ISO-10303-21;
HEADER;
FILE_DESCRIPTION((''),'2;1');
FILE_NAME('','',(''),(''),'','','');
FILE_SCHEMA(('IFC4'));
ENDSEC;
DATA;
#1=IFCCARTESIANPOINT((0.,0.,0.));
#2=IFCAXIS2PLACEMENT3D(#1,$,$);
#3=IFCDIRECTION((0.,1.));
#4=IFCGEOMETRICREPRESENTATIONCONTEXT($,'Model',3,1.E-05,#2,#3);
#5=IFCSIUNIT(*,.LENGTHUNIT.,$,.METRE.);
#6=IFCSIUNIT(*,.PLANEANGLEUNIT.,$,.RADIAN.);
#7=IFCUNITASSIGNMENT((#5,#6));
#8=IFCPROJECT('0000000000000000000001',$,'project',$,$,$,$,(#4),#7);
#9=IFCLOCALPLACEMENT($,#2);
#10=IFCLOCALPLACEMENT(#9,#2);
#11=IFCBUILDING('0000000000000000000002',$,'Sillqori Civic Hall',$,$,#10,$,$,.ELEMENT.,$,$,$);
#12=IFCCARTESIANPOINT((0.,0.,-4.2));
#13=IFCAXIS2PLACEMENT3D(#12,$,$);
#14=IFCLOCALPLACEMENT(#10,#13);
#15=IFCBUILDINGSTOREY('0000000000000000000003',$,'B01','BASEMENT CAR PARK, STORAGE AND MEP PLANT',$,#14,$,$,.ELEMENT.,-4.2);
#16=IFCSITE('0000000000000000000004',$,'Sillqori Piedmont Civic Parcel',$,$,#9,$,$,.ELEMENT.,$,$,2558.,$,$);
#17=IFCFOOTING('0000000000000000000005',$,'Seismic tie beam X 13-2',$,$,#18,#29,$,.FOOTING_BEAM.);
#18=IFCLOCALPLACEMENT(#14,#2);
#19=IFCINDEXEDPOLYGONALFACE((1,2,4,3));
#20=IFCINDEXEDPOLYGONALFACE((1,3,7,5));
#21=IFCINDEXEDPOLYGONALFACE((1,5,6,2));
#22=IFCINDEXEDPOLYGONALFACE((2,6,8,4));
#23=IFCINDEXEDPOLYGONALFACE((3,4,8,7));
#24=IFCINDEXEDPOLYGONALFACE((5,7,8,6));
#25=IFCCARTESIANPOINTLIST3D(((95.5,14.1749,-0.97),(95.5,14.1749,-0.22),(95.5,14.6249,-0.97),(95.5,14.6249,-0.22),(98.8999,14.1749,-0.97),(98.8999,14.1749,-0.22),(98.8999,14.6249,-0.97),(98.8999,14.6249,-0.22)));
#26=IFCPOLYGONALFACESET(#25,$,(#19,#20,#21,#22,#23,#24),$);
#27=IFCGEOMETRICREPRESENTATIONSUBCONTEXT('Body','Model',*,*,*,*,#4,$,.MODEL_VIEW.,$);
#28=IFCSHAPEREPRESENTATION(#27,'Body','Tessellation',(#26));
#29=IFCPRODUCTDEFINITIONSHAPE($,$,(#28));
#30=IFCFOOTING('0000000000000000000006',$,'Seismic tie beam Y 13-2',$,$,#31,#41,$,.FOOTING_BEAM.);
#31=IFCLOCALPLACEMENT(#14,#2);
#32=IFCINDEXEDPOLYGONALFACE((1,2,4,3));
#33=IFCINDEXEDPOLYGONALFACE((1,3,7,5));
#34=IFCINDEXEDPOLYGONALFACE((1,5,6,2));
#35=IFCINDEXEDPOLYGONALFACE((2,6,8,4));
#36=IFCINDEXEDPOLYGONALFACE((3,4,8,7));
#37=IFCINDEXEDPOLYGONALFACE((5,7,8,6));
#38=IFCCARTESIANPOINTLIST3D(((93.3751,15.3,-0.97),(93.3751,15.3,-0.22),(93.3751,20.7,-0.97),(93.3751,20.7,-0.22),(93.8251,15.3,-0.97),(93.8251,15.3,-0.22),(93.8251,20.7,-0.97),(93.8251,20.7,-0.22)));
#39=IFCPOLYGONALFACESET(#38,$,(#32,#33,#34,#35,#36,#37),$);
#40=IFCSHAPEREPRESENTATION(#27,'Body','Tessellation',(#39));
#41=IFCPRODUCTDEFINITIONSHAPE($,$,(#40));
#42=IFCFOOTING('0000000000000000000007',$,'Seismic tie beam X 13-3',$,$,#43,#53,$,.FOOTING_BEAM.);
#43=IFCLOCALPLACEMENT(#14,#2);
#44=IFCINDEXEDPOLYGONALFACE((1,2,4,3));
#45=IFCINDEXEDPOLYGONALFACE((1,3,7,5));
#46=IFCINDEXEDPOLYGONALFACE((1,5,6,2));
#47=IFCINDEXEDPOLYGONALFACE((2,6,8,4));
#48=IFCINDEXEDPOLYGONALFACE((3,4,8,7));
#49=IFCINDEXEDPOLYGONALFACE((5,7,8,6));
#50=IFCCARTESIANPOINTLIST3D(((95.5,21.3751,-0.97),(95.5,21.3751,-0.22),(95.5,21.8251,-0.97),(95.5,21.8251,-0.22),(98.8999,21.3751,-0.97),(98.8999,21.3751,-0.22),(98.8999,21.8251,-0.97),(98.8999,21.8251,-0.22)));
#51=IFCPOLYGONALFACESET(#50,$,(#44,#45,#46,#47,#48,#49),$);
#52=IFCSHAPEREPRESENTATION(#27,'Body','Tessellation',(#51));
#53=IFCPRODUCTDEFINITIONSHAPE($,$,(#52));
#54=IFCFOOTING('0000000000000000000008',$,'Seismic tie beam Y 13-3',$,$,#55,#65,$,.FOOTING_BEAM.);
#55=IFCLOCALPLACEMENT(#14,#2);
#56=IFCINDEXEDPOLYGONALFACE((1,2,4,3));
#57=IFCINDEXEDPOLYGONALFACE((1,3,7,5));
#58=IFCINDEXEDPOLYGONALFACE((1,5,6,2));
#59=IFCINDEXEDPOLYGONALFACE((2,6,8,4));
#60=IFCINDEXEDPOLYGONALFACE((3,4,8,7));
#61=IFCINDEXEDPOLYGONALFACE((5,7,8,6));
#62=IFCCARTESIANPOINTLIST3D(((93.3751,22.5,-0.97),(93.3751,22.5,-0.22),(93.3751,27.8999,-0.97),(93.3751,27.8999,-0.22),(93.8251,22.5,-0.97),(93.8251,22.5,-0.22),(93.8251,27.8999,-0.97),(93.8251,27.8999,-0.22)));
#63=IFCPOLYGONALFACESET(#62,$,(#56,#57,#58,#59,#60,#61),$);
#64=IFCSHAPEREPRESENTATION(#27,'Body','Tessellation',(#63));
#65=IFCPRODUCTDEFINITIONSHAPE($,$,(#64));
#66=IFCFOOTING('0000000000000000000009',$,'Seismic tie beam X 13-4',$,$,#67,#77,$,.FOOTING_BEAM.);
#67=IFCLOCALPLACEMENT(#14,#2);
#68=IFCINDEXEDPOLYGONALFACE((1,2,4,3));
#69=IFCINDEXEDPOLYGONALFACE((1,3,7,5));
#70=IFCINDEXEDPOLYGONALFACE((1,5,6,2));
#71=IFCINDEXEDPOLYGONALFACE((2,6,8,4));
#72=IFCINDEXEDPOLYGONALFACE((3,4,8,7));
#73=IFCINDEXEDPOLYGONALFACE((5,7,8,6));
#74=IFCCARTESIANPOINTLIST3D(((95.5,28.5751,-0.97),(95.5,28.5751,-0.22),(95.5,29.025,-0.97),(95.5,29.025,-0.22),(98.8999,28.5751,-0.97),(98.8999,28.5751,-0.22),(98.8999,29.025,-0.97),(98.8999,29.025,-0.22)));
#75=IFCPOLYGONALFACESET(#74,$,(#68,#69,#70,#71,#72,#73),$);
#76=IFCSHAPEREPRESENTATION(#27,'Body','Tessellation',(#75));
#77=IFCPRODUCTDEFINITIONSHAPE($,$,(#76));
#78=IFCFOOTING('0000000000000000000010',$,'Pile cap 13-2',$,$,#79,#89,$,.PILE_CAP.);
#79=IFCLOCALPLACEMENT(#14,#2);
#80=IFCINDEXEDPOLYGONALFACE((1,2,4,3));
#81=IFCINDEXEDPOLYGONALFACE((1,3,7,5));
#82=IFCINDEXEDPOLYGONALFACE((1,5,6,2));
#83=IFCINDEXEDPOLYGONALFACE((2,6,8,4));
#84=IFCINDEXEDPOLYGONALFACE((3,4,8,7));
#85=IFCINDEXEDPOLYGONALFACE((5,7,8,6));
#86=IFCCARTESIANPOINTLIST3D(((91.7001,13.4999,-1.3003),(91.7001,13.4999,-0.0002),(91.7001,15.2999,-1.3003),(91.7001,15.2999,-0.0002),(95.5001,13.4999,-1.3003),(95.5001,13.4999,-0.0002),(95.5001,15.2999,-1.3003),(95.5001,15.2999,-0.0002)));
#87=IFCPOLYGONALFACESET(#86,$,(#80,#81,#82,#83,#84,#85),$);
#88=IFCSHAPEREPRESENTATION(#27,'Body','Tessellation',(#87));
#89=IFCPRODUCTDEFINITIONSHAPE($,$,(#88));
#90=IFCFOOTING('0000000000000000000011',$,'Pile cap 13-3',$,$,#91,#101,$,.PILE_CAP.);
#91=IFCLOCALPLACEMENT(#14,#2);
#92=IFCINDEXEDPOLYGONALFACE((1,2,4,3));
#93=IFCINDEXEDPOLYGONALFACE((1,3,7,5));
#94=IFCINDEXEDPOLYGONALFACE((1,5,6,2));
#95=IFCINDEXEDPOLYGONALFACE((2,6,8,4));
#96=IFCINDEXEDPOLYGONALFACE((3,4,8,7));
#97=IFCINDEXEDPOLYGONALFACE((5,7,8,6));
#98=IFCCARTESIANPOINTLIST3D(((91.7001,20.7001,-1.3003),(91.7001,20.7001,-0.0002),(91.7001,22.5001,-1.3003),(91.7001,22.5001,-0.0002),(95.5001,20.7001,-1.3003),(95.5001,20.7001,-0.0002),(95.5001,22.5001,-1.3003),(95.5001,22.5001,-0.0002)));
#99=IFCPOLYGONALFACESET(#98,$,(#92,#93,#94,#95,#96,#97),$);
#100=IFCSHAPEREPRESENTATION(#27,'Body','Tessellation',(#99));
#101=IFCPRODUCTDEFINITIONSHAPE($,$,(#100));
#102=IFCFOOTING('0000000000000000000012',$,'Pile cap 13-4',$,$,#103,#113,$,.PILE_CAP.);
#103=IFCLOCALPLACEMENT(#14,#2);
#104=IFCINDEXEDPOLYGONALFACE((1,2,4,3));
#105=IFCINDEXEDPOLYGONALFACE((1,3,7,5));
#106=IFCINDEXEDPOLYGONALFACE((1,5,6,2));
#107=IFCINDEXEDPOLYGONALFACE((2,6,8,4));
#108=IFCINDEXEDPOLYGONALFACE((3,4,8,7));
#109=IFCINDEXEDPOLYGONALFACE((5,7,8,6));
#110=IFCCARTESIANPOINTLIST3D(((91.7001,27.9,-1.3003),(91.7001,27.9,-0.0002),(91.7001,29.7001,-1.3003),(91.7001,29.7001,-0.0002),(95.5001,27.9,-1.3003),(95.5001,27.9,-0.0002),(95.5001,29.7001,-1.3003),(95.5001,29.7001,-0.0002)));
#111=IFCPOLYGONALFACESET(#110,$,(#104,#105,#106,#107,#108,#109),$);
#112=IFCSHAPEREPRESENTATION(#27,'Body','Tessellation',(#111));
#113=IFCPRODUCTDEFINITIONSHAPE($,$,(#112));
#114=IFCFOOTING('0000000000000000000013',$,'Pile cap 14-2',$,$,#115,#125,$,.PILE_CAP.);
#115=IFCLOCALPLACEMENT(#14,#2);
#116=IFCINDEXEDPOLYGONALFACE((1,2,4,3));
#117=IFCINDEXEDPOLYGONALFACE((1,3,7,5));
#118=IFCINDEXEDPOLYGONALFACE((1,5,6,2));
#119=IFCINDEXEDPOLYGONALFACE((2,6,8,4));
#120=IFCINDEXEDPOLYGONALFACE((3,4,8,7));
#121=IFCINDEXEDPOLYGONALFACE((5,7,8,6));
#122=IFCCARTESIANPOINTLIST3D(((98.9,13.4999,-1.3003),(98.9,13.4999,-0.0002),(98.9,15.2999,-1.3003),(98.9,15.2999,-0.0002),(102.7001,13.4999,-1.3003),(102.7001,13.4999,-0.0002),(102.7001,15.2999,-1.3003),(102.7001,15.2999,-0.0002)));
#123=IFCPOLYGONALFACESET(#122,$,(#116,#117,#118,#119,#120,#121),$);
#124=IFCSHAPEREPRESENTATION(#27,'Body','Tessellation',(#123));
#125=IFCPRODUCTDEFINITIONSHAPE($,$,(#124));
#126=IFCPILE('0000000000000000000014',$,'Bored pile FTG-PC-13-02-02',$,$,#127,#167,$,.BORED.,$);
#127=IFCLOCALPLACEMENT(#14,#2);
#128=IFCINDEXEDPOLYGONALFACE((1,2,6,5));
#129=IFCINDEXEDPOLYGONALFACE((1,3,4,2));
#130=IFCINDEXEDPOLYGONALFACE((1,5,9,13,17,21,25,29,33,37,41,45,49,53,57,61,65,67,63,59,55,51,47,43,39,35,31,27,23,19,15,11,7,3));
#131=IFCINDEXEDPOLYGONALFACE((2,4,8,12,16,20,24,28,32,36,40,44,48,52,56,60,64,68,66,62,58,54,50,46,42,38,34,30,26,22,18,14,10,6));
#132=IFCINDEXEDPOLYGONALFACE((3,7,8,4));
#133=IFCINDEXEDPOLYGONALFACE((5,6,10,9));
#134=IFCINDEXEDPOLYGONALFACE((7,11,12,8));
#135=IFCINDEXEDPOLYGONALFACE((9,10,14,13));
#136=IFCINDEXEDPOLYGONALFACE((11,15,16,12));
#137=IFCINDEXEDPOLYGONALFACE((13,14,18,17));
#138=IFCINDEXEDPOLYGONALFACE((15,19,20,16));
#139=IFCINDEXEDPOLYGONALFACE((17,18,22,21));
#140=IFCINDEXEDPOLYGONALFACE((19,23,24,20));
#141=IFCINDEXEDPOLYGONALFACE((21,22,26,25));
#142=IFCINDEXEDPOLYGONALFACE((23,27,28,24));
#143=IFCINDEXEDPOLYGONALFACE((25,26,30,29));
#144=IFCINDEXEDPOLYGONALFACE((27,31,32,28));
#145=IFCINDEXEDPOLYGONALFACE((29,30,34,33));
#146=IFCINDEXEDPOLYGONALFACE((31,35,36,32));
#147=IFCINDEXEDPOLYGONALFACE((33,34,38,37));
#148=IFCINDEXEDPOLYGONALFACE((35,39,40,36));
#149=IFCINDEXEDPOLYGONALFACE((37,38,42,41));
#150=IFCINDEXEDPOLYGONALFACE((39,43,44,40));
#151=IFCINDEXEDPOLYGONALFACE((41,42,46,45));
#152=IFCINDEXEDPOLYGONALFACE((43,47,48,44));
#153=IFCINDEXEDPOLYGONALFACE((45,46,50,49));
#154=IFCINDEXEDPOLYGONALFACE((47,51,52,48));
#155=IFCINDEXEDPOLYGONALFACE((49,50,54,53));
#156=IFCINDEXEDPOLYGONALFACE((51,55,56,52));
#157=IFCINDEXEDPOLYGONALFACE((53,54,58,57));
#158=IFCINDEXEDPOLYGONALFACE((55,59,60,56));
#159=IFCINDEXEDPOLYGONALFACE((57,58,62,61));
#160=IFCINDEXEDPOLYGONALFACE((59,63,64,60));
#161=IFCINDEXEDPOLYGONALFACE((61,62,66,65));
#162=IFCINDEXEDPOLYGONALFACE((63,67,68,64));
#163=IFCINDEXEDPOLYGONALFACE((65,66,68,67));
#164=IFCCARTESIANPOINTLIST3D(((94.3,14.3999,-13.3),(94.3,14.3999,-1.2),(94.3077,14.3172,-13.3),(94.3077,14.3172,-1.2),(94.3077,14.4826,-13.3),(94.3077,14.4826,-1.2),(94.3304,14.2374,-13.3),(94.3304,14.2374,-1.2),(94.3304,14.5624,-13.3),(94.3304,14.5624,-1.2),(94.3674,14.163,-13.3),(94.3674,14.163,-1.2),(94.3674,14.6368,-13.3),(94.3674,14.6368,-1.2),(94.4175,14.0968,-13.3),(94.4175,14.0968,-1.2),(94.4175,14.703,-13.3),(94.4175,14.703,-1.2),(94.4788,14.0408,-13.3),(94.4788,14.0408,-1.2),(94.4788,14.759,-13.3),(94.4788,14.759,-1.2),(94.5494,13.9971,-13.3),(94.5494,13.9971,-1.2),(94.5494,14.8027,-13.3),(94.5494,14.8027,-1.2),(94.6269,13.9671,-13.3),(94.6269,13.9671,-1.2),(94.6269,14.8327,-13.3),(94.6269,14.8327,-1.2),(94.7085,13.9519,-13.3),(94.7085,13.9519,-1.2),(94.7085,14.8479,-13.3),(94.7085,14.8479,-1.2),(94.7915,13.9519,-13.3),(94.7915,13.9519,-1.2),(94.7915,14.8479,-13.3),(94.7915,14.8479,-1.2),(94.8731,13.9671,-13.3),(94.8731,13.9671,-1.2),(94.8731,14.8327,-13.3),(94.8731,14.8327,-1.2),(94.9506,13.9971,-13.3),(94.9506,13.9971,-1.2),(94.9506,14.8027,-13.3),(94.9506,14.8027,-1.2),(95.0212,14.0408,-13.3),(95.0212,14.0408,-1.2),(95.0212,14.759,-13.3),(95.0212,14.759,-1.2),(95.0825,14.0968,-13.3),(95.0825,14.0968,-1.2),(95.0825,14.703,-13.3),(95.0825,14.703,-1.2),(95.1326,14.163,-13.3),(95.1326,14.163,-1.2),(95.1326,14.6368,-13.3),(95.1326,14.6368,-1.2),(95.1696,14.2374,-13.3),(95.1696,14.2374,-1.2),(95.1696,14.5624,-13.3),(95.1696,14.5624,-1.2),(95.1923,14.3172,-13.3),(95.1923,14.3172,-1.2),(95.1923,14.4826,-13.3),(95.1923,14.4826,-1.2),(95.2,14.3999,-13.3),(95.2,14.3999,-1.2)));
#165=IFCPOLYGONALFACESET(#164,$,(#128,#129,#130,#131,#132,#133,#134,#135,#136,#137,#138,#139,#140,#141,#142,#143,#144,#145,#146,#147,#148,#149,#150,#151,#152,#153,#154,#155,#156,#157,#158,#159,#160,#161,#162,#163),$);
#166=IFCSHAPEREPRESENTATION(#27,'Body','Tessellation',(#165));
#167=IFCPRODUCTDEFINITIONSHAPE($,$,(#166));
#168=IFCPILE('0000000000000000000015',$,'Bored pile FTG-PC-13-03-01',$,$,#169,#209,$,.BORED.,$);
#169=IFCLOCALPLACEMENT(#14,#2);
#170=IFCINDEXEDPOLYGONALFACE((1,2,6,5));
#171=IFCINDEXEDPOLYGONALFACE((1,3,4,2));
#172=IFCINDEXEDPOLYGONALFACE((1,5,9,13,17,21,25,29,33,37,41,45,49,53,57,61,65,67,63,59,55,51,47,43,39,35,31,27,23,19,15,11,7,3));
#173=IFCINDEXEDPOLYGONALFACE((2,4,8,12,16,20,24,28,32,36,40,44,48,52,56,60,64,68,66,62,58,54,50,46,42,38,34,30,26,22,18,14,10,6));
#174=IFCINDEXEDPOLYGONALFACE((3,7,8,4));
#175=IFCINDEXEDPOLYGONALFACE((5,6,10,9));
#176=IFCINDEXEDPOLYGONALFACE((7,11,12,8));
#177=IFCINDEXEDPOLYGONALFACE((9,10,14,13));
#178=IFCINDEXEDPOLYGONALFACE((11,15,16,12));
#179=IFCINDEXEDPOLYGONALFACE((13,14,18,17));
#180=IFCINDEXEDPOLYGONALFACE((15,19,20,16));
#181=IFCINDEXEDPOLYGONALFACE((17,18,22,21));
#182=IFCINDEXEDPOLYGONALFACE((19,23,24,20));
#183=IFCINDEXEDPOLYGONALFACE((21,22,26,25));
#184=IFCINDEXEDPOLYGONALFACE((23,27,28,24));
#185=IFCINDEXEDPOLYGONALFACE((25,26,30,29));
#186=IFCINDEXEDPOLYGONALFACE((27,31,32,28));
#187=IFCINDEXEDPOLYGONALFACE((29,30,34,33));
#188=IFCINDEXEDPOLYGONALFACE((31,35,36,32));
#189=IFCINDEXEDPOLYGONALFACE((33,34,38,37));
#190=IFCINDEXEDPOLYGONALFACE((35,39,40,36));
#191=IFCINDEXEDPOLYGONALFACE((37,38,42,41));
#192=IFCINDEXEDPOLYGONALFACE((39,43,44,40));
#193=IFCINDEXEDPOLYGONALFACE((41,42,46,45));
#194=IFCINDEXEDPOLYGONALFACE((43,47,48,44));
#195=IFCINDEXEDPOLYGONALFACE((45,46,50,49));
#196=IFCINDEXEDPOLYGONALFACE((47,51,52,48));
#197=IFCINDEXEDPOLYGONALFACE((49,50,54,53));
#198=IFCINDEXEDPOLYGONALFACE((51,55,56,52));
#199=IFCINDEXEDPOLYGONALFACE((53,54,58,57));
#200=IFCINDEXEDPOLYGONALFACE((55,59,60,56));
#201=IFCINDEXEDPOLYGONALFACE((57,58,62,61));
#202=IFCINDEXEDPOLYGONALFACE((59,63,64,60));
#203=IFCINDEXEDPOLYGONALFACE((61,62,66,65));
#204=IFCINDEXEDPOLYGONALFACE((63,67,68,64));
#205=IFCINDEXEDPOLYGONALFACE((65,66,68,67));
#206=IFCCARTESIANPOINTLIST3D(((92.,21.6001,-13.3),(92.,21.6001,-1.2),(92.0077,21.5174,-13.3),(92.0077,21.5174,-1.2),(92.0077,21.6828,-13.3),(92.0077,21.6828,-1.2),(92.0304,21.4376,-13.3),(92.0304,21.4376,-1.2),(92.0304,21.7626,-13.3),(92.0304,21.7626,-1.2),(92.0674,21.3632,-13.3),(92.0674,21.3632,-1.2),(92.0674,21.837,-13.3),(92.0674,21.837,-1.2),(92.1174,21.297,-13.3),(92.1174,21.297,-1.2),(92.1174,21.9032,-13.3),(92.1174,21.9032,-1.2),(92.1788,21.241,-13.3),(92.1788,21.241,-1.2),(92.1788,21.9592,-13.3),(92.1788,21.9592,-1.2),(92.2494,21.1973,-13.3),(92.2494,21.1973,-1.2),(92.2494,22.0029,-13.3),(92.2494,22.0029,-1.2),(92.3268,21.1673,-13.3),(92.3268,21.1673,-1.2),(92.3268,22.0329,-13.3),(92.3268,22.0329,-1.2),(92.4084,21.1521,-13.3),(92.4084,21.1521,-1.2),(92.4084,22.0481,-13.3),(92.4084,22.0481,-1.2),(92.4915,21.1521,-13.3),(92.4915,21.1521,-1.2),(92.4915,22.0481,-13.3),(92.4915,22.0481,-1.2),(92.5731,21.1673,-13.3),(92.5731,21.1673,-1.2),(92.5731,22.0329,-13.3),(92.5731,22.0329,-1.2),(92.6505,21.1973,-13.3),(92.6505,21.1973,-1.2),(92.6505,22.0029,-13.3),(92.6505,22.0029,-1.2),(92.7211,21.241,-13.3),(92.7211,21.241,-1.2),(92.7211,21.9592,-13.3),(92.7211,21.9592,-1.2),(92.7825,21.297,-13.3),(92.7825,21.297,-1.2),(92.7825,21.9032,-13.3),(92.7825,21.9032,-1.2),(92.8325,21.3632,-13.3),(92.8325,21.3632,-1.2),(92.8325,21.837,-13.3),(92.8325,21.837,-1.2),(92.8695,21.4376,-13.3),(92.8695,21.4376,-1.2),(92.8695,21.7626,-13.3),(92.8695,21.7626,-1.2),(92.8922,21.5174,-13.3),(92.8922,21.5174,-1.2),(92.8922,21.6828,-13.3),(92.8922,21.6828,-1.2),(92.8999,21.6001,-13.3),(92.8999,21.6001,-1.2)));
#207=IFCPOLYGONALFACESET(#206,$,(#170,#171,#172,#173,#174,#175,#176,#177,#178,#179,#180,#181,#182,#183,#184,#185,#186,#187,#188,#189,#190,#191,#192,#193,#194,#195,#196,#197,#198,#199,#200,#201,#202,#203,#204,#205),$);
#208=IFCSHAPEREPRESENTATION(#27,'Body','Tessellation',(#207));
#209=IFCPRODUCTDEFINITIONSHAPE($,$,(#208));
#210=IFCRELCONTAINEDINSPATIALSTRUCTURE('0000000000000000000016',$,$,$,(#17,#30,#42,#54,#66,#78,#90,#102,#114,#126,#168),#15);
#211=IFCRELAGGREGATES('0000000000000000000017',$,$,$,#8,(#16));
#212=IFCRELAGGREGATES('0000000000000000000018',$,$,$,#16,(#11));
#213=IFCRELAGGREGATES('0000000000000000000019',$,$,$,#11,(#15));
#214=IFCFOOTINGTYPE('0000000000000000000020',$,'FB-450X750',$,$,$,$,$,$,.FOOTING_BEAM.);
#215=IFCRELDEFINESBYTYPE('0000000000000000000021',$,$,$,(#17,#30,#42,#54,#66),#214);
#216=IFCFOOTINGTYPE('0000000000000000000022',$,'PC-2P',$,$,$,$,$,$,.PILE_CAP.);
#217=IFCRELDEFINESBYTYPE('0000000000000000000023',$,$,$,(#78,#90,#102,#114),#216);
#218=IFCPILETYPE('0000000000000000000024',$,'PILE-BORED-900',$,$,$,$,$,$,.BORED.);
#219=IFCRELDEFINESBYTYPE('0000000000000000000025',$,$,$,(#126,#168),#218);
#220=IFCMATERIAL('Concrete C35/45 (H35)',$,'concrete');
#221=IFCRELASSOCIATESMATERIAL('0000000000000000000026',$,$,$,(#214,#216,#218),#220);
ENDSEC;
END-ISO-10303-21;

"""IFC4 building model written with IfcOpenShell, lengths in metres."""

from ifc_helpers import new_model, si_unit, direction, frame, origin, origin_2d, place, context, subcontext, project, spatial, rectangle, circle, extrude, material, material_profile, profile_set, type_object, element, save


model = new_model("IFC4")

# Units and contexts
model_context = context("Model", 3, precision=1e-05, world=origin(), true_north=direction((0.0, 1.0)))
body_context = subcontext(model_context, "Body", "Model", "MODEL_VIEW")
ifc_project = project(units=[si_unit("LENGTHUNIT", "METRE"), si_unit("PLANEANGLEUNIT", "RADIAN")], contexts=[model_context])

# Site, building, storey
site_placement = place(None, origin())
site = spatial("IfcSite", under=ifc_project, at=site_placement, Name="Sillqori Piedmont Civic Parcel", CompositionType="ELEMENT", RefElevation=2558.0)
building_placement = place(site_placement, origin())
building = spatial("IfcBuilding", under=site, at=building_placement, Name="Sillqori Civic Hall", CompositionType="ELEMENT")
storey_placement = place(building_placement, frame((0.0, 0.0, -4.2)))
storey = spatial("IfcBuildingStorey", under=building, at=storey_placement, Name="B01", Description="BASEMENT CAR PARK, STORAGE AND MEP PLANT", CompositionType="ELEMENT", Elevation=-4.2)

# Footings
ifc_material = material(Name="Concrete C35/45 (H35)", Category="concrete")
footing_type_1 = type_object("IfcFootingType", Name="FB-450X750", PredefinedType="FOOTING_BEAM", material=ifc_material)
footing_1_placement = place(storey_placement, frame((97.2, 14.3999, -0.97), z_axis=(0.0, 0.0, 1.0), x_axis=(1.0, 0.0, 0.0)))
element("IfcFooting", 1, at=footing_1_placement, inside=storey, type_object=footing_type_1, Name="Seismic tie beam X 13-2", PredefinedType="FOOTING_BEAM", context=body_context, shape_type="SweptSolid", body=[
    extrude(rectangle(XDim=3.3999, YDim=0.45, at=origin_2d()), origin(), (0.0, 0.0, 1.0), 0.75),
])
footing_2_placement = place(storey_placement, frame((93.6001, 18.0, -0.97), z_axis=(0.0, 0.0, 1.0), x_axis=(1.0, 0.0, 0.0)))
element("IfcFooting", 2, at=footing_2_placement, inside=storey, type_object=footing_type_1, Name="Seismic tie beam Y 13-2", PredefinedType="FOOTING_BEAM", context=body_context, shape_type="SweptSolid", body=[
    extrude(rectangle(XDim=0.45, YDim=5.3999, at=origin_2d()), origin(), (0.0, 0.0, 1.0), 0.75),
])
footing_3_placement = place(storey_placement, frame((97.2, 21.6001, -0.97), z_axis=(0.0, 0.0, 1.0), x_axis=(1.0, 0.0, 0.0)))
element("IfcFooting", 3, at=footing_3_placement, inside=storey, type_object=footing_type_1, Name="Seismic tie beam X 13-3", PredefinedType="FOOTING_BEAM", context=body_context, shape_type="SweptSolid", body=[
    extrude(rectangle(XDim=3.3999, YDim=0.45, at=origin_2d()), origin(), (0.0, 0.0, 1.0), 0.75),
])
footing_4_placement = place(storey_placement, frame((93.6001, 25.2, -0.97), z_axis=(0.0, 0.0, 1.0), x_axis=(1.0, 0.0, 0.0)))
element("IfcFooting", 4, at=footing_4_placement, inside=storey, type_object=footing_type_1, Name="Seismic tie beam Y 13-3", PredefinedType="FOOTING_BEAM", context=body_context, shape_type="SweptSolid", body=[
    extrude(rectangle(XDim=0.45, YDim=5.3999, at=origin_2d()), origin(), (0.0, 0.0, 1.0), 0.75),
])
footing_5_placement = place(storey_placement, frame((97.2, 28.8, -0.97), z_axis=(0.0, 0.0, 1.0), x_axis=(1.0, 0.0, 0.0)))
element("IfcFooting", 5, at=footing_5_placement, inside=storey, type_object=footing_type_1, Name="Seismic tie beam X 13-4", PredefinedType="FOOTING_BEAM", context=body_context, shape_type="SweptSolid", body=[
    extrude(rectangle(XDim=3.3999, YDim=0.45, at=origin_2d()), origin(), (0.0, 0.0, 1.0), 0.75),
])
footing_type_2 = type_object("IfcFootingType", Name="PC-2P", PredefinedType="PILE_CAP", material=ifc_material)
for number, where, z_axis, x_axis, name in (
    (6, (93.6001, 14.3999, -1.3003), (0.0, 0.0, 1.0), (1.0, 0.0, 0.0), "Pile cap 13-2"),
    (7, (93.6001, 21.6001, -1.3003), (0.0, 0.0, 1.0), (1.0, 0.0, 0.0), "Pile cap 13-3"),
    (8, (93.6001, 28.8, -1.3003), (0.0, 0.0, 1.0), (1.0, 0.0, 0.0), "Pile cap 13-4"),
    (9, (100.8, 14.3999, -1.3003), (0.0, 0.0, 1.0), (1.0, 0.0, 0.0), "Pile cap 14-2"),
):
    element("IfcFooting", number, at=place(storey_placement, frame(where, z_axis=z_axis, x_axis=x_axis)), inside=storey, type_object=footing_type_2, Name=name, PredefinedType="PILE_CAP", context=body_context, shape_type="SweptSolid", body=[
        extrude(rectangle(XDim=3.8, YDim=1.8, at=origin_2d()), origin(), (0.0, 0.0, 1.0), 1.3),
    ])

# Piles
ifc_material_profile_1 = material_profile(ifc_material, circle(Radius=0.45, at=origin_2d()), Name="BORED PILE 900")
ifc_profile_set_1 = profile_set([ifc_material_profile_1], Name="Concrete C35/45 (H35)")
pile_type = type_object("IfcPileType", Name="PILE-BORED-900", PredefinedType="BORED", material=ifc_profile_set_1)
for number, where, z_axis, x_axis, name in (
    (10, (94.75, 14.3999, -1.2), (0.0, 0.0, -1.0), (1.0, 0.0, 0.0), "Bored pile FTG-PC-13-02-02"),
    (11, (92.45, 21.6001, -1.2), (0.0, 0.0, -1.0), (1.0, 0.0, 0.0), "Bored pile FTG-PC-13-03-01"),
):
    element("IfcPile", number, at=place(storey_placement, frame(where, z_axis=z_axis, x_axis=x_axis)), inside=storey, type_object=pile_type, Name=name, PredefinedType="BORED", context=body_context, shape_type="SweptSolid", body=[
        extrude(circle(Radius=0.45, at=origin_2d()), origin(), (0.0, 0.0, 1.0), 12.1001),
    ])

save(model, "model.ifc")
